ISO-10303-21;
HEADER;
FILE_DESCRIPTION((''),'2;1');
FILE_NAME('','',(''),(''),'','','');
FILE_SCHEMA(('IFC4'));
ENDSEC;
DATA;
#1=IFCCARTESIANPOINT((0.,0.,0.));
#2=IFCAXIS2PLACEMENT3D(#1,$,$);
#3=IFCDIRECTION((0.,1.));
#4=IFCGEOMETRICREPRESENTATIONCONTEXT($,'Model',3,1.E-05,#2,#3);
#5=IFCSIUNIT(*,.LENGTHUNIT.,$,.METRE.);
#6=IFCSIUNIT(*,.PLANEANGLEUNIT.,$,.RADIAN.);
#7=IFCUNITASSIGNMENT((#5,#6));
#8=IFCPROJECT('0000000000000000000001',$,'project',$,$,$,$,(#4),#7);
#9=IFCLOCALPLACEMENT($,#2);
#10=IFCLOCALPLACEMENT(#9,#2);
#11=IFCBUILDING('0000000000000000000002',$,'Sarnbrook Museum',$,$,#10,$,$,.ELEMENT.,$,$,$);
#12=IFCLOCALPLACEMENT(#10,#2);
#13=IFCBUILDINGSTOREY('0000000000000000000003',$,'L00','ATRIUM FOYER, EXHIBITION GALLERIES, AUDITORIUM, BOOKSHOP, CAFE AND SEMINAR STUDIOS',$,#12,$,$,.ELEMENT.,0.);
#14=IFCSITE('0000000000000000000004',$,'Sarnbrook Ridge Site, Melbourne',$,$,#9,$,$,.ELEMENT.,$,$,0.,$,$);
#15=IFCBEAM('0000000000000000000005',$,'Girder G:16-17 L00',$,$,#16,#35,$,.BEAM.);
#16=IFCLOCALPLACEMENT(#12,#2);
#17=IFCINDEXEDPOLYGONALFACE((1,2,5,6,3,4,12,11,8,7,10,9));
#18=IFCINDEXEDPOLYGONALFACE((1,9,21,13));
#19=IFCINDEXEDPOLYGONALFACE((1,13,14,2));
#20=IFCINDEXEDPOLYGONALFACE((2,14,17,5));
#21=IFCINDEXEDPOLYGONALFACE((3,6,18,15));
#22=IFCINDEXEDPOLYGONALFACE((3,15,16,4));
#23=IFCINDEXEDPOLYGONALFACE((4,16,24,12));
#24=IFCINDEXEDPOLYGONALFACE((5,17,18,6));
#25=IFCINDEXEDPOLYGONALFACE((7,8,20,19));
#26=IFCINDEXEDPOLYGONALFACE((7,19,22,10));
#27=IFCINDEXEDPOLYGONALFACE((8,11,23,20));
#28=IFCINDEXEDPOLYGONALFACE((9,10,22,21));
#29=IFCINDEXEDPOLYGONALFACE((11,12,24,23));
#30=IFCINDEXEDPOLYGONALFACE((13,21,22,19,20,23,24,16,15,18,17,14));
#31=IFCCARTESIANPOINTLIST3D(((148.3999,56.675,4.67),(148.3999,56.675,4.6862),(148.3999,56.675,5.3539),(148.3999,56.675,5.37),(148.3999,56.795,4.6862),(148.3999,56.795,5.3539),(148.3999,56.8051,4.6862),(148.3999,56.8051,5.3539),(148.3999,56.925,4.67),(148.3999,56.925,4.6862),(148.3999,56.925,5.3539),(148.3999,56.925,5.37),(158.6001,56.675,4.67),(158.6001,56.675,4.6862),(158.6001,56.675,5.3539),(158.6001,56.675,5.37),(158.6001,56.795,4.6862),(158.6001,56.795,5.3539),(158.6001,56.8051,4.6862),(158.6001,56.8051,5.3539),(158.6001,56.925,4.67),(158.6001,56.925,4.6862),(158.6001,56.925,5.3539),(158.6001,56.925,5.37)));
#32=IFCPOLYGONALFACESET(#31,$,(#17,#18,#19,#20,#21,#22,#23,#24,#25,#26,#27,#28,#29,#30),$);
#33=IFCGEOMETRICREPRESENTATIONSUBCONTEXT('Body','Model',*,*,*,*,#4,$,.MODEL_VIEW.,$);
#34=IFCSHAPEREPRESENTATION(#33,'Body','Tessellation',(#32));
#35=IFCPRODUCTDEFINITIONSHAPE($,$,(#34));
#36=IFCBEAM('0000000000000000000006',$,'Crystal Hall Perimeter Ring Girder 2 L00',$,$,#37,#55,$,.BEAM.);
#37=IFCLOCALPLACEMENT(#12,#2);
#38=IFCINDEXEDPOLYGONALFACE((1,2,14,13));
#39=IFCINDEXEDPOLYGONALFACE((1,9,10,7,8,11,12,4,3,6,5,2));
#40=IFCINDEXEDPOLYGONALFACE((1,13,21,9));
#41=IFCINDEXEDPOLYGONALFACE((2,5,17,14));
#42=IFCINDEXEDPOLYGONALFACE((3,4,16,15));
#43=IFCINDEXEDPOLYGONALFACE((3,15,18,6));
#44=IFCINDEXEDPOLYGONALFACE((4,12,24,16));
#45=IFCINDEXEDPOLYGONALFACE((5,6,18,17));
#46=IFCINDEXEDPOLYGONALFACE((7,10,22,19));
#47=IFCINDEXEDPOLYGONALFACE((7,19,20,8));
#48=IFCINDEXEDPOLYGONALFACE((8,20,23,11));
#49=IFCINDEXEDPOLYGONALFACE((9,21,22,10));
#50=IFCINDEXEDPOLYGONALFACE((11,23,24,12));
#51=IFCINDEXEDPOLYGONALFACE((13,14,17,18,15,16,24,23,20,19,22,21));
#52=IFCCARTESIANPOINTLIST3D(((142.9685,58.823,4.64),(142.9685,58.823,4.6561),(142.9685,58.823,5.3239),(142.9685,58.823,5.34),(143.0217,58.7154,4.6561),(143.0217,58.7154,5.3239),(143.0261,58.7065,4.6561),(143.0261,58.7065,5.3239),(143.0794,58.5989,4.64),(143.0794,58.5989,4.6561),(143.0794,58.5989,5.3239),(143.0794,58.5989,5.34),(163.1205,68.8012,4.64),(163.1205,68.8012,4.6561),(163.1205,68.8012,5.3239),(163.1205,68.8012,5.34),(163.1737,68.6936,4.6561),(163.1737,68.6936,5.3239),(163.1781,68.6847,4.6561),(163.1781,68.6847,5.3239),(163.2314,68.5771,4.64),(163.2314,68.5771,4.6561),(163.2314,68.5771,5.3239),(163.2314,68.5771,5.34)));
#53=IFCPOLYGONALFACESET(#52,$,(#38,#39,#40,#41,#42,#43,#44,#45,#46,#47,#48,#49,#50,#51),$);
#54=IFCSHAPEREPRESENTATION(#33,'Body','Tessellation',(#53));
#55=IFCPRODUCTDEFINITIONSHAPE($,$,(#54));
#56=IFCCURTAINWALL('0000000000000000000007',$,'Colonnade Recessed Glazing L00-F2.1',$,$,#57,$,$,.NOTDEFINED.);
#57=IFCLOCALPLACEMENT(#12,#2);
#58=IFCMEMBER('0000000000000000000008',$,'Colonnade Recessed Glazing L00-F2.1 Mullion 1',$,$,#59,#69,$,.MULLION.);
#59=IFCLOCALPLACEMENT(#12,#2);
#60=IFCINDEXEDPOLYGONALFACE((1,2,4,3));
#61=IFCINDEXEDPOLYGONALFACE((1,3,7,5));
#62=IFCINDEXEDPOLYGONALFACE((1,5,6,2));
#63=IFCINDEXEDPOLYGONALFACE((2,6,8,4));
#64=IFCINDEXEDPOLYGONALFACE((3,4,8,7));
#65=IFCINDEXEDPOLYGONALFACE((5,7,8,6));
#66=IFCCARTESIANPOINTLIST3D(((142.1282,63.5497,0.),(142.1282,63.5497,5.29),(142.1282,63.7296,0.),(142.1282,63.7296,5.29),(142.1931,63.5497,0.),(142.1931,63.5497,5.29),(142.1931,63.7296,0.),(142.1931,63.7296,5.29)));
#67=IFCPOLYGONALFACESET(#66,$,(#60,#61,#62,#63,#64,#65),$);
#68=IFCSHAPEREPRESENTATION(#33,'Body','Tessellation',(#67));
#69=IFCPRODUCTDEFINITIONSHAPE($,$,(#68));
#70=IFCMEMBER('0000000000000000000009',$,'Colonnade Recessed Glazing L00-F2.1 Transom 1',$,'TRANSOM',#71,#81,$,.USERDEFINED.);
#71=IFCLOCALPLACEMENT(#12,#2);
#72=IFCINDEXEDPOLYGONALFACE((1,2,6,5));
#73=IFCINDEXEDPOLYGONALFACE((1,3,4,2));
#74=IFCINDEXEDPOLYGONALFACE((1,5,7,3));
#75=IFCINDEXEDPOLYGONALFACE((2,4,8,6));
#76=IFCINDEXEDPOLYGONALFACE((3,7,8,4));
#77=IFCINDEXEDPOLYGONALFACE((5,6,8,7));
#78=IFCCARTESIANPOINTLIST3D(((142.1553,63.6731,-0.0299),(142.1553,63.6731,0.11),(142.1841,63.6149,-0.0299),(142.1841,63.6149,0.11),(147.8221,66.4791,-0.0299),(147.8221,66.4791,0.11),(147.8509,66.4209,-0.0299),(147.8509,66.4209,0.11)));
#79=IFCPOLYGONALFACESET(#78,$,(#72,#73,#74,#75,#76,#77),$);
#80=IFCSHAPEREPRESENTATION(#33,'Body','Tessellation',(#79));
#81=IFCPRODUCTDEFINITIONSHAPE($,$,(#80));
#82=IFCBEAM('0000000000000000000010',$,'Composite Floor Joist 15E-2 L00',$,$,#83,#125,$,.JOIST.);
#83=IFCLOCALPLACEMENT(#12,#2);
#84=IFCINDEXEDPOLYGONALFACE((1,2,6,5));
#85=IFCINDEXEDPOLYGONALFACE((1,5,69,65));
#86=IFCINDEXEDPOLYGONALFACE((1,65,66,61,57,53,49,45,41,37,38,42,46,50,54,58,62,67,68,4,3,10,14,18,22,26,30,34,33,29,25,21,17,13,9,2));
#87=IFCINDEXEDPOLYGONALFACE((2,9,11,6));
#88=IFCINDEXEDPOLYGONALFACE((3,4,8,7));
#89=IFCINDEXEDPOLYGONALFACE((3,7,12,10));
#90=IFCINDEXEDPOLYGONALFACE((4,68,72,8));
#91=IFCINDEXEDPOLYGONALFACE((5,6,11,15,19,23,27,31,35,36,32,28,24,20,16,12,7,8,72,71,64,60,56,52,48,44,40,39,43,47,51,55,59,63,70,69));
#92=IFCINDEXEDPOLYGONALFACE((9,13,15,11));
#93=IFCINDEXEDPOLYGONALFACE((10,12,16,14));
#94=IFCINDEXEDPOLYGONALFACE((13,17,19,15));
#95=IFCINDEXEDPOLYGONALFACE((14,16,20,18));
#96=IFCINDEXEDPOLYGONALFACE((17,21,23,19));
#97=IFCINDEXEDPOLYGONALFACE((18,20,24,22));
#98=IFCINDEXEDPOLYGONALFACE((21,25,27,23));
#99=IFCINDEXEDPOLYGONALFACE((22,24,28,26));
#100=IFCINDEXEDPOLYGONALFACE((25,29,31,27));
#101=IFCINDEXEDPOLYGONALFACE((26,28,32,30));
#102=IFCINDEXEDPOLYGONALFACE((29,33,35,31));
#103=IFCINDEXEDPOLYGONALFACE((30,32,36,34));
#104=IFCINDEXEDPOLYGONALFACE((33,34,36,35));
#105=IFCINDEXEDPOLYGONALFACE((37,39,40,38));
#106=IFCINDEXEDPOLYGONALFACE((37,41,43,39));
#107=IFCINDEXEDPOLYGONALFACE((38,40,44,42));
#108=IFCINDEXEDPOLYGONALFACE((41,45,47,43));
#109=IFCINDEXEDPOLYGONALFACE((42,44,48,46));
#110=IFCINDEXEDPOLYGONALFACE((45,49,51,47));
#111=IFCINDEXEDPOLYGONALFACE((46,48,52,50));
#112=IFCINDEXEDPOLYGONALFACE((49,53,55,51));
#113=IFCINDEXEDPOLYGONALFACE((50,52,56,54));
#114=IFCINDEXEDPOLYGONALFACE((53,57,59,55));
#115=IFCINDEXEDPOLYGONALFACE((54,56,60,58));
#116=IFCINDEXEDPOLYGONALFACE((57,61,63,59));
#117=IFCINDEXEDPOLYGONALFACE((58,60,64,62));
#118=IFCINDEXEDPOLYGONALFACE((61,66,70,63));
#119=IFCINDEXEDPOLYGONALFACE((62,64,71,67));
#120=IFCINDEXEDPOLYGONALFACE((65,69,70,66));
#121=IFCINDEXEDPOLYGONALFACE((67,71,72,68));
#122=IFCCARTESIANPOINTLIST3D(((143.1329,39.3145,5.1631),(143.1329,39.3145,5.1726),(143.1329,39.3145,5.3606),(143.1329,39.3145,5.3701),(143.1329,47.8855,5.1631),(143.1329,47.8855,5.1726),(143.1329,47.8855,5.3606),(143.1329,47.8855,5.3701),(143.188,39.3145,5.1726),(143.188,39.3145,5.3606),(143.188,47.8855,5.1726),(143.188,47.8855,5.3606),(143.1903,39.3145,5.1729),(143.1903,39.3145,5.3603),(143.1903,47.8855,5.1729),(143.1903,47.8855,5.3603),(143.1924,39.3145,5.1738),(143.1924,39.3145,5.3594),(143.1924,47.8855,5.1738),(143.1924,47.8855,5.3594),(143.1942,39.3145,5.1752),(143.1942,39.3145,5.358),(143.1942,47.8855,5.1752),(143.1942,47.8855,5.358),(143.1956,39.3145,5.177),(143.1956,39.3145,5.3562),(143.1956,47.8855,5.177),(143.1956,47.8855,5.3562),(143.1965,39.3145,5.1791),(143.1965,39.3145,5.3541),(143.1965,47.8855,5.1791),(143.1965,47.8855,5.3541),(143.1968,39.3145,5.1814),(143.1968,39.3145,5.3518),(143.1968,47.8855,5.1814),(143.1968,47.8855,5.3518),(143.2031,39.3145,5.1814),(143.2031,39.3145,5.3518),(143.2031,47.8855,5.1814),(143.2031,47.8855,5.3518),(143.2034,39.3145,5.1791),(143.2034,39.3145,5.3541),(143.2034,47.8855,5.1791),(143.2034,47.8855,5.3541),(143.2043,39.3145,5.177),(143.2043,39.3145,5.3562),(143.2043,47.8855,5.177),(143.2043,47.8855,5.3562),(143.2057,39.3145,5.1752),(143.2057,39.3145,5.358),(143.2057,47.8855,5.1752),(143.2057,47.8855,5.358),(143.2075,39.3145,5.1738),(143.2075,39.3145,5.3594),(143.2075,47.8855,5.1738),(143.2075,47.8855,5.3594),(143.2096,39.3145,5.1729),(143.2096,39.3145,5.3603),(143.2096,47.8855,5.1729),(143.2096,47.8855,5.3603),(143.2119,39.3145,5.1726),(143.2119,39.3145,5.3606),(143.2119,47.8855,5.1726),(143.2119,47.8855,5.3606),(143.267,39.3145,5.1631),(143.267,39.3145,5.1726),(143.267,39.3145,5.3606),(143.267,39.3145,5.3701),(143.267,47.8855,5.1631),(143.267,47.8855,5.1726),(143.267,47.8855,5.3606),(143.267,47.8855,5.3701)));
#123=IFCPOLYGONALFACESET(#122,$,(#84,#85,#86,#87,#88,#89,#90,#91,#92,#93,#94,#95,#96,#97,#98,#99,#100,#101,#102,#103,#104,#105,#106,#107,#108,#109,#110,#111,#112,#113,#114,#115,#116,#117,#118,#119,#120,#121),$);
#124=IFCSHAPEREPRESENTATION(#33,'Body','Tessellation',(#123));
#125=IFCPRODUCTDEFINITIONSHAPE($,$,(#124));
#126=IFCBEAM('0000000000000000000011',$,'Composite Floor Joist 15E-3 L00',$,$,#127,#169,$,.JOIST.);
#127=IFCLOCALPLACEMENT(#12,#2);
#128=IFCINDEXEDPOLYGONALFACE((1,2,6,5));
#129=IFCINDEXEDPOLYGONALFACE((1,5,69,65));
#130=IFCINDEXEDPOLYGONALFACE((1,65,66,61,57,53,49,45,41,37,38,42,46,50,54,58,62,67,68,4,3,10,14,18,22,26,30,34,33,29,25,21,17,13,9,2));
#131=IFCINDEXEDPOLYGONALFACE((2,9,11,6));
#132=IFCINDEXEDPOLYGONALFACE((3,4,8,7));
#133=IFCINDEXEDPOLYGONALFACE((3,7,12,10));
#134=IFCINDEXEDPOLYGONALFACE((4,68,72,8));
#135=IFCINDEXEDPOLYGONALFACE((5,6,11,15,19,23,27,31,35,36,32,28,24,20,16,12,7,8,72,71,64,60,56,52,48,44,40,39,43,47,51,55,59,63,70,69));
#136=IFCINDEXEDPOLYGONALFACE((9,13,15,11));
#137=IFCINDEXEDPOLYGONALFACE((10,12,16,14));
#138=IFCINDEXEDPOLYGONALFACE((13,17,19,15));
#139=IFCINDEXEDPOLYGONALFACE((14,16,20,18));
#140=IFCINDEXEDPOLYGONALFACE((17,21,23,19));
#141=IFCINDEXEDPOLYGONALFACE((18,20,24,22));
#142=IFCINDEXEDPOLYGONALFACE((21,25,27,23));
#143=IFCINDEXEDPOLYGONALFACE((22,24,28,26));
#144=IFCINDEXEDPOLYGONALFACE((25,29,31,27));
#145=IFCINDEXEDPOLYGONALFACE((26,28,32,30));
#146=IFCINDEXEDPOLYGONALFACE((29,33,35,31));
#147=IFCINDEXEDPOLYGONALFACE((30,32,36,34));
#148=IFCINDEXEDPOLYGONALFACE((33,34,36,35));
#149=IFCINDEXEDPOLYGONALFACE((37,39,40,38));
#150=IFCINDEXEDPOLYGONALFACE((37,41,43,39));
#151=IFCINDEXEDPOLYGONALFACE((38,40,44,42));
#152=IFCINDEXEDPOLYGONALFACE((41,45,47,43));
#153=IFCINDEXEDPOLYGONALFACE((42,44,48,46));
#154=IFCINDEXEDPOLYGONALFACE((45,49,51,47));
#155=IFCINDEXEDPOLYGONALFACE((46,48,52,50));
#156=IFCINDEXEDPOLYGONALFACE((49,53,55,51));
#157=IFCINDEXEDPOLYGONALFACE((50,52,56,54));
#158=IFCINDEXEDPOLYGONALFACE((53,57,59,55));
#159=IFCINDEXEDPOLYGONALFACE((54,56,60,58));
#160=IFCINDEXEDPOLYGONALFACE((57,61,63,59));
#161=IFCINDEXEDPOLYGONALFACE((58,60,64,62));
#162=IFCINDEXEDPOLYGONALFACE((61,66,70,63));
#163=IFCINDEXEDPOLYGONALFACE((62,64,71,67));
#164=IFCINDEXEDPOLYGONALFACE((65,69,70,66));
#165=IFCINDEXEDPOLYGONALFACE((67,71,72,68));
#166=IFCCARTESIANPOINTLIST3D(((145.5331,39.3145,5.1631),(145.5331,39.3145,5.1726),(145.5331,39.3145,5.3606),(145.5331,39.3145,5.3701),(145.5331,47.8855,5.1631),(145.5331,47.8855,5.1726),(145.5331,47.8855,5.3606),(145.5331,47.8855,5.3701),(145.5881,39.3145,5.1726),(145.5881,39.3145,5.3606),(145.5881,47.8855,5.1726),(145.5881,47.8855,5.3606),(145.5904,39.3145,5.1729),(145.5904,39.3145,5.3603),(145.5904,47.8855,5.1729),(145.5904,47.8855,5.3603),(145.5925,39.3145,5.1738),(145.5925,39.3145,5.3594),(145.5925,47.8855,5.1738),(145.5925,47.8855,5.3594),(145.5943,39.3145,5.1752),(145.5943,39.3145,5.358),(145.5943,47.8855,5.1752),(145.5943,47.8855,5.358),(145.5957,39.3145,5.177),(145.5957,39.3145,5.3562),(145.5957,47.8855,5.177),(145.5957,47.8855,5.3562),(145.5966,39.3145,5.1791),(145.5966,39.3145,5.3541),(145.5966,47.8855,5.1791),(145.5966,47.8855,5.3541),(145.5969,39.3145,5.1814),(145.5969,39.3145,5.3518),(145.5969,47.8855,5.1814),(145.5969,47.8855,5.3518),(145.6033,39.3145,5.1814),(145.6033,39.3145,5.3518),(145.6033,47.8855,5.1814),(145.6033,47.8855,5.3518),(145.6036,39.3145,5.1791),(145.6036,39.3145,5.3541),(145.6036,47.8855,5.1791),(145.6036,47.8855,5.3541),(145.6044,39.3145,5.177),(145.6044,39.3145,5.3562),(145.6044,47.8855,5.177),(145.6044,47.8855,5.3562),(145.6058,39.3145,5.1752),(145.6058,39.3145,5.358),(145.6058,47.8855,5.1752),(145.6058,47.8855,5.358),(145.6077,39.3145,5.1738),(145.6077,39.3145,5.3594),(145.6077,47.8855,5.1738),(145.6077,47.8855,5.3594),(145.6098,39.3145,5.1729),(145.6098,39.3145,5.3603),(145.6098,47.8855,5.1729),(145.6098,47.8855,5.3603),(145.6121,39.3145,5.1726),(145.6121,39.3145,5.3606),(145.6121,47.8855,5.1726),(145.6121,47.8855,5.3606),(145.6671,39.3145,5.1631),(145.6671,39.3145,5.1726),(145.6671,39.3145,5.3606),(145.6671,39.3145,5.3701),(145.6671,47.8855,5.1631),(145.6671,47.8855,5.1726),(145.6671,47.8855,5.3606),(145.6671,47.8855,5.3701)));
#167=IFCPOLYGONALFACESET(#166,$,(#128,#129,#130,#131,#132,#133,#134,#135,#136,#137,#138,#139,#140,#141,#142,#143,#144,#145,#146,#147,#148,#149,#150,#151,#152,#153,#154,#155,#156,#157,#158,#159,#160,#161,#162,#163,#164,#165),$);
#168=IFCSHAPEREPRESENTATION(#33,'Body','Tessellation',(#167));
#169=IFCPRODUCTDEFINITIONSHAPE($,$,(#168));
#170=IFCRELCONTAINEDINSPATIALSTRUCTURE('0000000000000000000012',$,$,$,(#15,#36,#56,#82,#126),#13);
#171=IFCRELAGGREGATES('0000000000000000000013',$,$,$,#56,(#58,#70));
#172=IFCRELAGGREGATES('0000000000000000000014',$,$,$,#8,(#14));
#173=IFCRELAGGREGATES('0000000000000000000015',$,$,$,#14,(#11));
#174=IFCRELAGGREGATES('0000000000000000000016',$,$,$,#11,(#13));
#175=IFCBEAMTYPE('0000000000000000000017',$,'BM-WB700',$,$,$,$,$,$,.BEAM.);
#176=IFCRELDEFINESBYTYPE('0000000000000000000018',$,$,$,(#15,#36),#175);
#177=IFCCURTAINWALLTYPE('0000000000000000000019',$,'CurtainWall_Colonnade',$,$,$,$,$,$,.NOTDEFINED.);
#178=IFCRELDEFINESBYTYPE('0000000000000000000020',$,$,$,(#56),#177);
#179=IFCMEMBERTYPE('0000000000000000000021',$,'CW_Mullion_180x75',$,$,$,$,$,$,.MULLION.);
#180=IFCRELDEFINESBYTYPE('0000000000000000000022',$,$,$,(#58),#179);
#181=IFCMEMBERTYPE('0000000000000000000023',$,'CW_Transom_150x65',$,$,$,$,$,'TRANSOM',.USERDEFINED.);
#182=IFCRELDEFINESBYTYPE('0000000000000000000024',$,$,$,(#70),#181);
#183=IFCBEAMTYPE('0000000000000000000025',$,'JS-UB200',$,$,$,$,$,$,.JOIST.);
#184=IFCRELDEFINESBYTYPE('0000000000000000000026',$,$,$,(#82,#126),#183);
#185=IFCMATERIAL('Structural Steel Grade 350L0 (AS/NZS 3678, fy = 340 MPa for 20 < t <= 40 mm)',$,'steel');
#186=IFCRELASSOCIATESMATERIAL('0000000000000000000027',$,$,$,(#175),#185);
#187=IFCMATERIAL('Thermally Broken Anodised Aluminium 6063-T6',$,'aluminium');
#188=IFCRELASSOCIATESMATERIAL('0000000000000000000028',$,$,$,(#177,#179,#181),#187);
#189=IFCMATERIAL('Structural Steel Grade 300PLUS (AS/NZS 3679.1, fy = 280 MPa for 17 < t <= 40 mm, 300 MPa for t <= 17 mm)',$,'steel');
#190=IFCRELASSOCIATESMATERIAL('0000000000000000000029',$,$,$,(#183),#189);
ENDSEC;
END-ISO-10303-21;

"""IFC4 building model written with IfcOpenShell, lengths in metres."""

from ifc_helpers import new_model, si_unit, direction, frame, origin, origin_2d, place, context, subcontext, project, spatial, rectangle, i_section, extrude, material, material_profile, profile_set, type_object, element, aggregate, save


model = new_model("IFC4")

# Units and contexts
model_context = context("Model", 3, precision=1e-05, world=origin(), true_north=direction((0.0, 1.0)))
body_context = subcontext(model_context, "Body", "Model", "MODEL_VIEW")
ifc_project = project(units=[si_unit("LENGTHUNIT", "METRE"), si_unit("PLANEANGLEUNIT", "RADIAN")], contexts=[model_context])

# Site, building, storey
site_placement = place(None, origin())
site = spatial("IfcSite", under=ifc_project, at=site_placement, Name="Sarnbrook Ridge Site, Melbourne", CompositionType="ELEMENT", RefElevation=0.0)
building_placement = place(site_placement, origin())
building = spatial("IfcBuilding", under=site, at=building_placement, Name="Sarnbrook Museum", CompositionType="ELEMENT")
storey_placement = place(building_placement, origin())
storey = spatial("IfcBuildingStorey", under=building, at=storey_placement, Name="L00", Description="ATRIUM FOYER, EXHIBITION GALLERIES, AUDITORIUM, BOOKSHOP, CAFE AND SEMINAR STUDIOS", CompositionType="ELEMENT", Elevation=0.0)

# Beams
ifc_material_1 = material(Name="Structural Steel Grade 300PLUS (AS/NZS 3679.1, fy = 280 MPa for 17 < t <= 40 mm, 300 MPa for t <= 17 mm)", Category="steel")
ifc_material_2 = material(Name="Structural Steel Grade 350L0 (AS/NZS 3678, fy = 340 MPa for 20 < t <= 40 mm)", Category="steel")
ifc_material_profile_1 = material_profile(ifc_material_2, i_section(OverallWidth=0.25, OverallDepth=0.7, WebThickness=0.01, FlangeThickness=0.0161, at=origin_2d()), Name="700WB130")
ifc_profile_set_1 = profile_set([ifc_material_profile_1], Name="Structural Steel Grade 350L0 (AS/NZS 3678, fy = 340 MPa for 20 < t <= 40 mm)")
beam_type_1 = type_object("IfcBeamType", Name="BM-WB700", PredefinedType="BEAM", material=ifc_profile_set_1)
for number, where, z_axis, x_axis, name in (
    (1, (148.3999, 56.8, 5.02), (1.0, 0.0, 0.0), (0.0, 1.0, 0.0), "Girder G:16-17 L00"),
):
    element("IfcBeam", number, at=place(storey_placement, frame(where, z_axis=z_axis, x_axis=x_axis)), inside=storey, type_object=beam_type_1, Name=name, PredefinedType="BEAM", context=body_context, shape_type="SweptSolid", body=[
        extrude(i_section(OverallWidth=0.25, OverallDepth=0.7, WebThickness=0.01, FlangeThickness=0.0161, at=origin_2d()), origin(), (0.0, 0.0, 1.0), 10.2002),
    ])
beam_1_placement = place(storey_placement, frame((143.0239, 58.7109, 4.99), z_axis=(0.89616, 0.443732, 0.0), x_axis=(-0.443732, 0.89616, 0.0)))
element("IfcBeam", 2, at=beam_1_placement, inside=storey, type_object=beam_type_1, Name="Crystal Hall Perimeter Ring Girder 2 L00", PredefinedType="BEAM", context=body_context, shape_type="SweptSolid", body=[
    extrude(i_section(OverallWidth=0.25, OverallDepth=0.7, WebThickness=0.01, FlangeThickness=0.0161, at=origin_2d()), origin(), (0.0, 0.0, 1.0), 22.4871),
])

# Curtain wall, members
ifc_material_3 = material(Name="Thermally Broken Anodised Aluminium 6063-T6", Category="aluminium")
curtain_wall_type = type_object("IfcCurtainWallType", Name="CurtainWall_Colonnade", PredefinedType="NOTDEFINED", material=ifc_material_3)
curtain_wall_placement = place(storey_placement, origin())
curtain_wall = element("IfcCurtainWall", 3, at=curtain_wall_placement, inside=storey, type_object=curtain_wall_type, Name="Colonnade Recessed Glazing L00-F2.1", PredefinedType="NOTDEFINED")
ifc_material_profile_2 = material_profile(ifc_material_3, rectangle(XDim=0.0649, YDim=0.1799, at=origin_2d()), Name="ALU MULLION 65x180")
ifc_profile_set_2 = profile_set([ifc_material_profile_2], Name="Thermally Broken Anodised Aluminium 6063-T6")
member_type_1 = type_object("IfcMemberType", Name="CW_Mullion_180x75", PredefinedType="MULLION", material=ifc_profile_set_2)
member_1_placement = place(storey_placement, frame((142.1606, 63.6396, 0.0), z_axis=(0.0, 0.0, 1.0), x_axis=(1.0, 0.0, 0.0)))
member_1 = element("IfcMember", 4, at=member_1_placement, type_object=member_type_1, Name="Colonnade Recessed Glazing L00-F2.1 Mullion 1", PredefinedType="MULLION", context=body_context, shape_type="SweptSolid", body=[
    extrude(rectangle(XDim=0.0649, YDim=0.1799, at=origin_2d()), origin(), (0.0, 0.0, 1.0), 5.29),
])
ifc_material_profile_3 = material_profile(ifc_material_3, rectangle(XDim=0.0649, YDim=0.1399, at=origin_2d()), Name="ALU TRANSOM 65x140")
ifc_profile_set_3 = profile_set([ifc_material_profile_3], Name="Thermally Broken Anodised Aluminium 6063-T6")
member_type_2 = type_object("IfcMemberType", Name="CW_Transom_150x65", ElementType="TRANSOM", PredefinedType="USERDEFINED", material=ifc_profile_set_3)
member_2_placement = place(storey_placement, frame((142.1697, 63.644, 0.04), z_axis=(0.896158, 0.443735, 0.0), x_axis=(-0.443735, 0.896158, 0.0)))
member_2 = element("IfcMember", 5, at=member_2_placement, type_object=member_type_2, Name="Colonnade Recessed Glazing L00-F2.1 Transom 1", ObjectType="TRANSOM", PredefinedType="USERDEFINED", context=body_context, shape_type="SweptSolid", body=[
    extrude(rectangle(XDim=0.0649, YDim=0.1399, at=origin_2d()), origin(), (0.0, 0.0, 1.0), 6.3235),
])
aggregate(curtain_wall, [member_1, member_2])

# Beams
ifc_material_profile_4 = material_profile(ifc_material_1, i_section(OverallWidth=0.134, OverallDepth=0.207, WebThickness=0.0063, FlangeThickness=0.0095, FilletRadius=0.0088, at=origin_2d()), Name="200UB29.8")
ifc_profile_set_4 = profile_set([ifc_material_profile_4], Name="Structural Steel Grade 300PLUS (AS/NZS 3679.1, fy = 280 MPa for 17 < t <= 40 mm, 300 MPa for t <= 17 mm)")
beam_type_2 = type_object("IfcBeamType", Name="JS-UB200", PredefinedType="JOIST", material=ifc_profile_set_4)
for number, where, z_axis, x_axis, name in (
    (6, (143.2, 39.3145, 5.2666), (0.0, 1.0, 0.0), (-1.0, 0.0, 0.0), "Composite Floor Joist 15E-2 L00"),
    (7, (145.6001, 39.3145, 5.2666), (0.0, 1.0, 0.0), (-1.0, 0.0, 0.0), "Composite Floor Joist 15E-3 L00"),
):
    element("IfcBeam", number, at=place(storey_placement, frame(where, z_axis=z_axis, x_axis=x_axis)), inside=storey, type_object=beam_type_2, Name=name, PredefinedType="JOIST", context=body_context, shape_type="SweptSolid", body=[
        extrude(i_section(OverallWidth=0.134, OverallDepth=0.207, WebThickness=0.0063, FlangeThickness=0.0095, FilletRadius=0.0088, at=origin_2d()), origin(), (0.0, 0.0, 1.0), 8.571),
    ])

save(model, "model.ifc")
